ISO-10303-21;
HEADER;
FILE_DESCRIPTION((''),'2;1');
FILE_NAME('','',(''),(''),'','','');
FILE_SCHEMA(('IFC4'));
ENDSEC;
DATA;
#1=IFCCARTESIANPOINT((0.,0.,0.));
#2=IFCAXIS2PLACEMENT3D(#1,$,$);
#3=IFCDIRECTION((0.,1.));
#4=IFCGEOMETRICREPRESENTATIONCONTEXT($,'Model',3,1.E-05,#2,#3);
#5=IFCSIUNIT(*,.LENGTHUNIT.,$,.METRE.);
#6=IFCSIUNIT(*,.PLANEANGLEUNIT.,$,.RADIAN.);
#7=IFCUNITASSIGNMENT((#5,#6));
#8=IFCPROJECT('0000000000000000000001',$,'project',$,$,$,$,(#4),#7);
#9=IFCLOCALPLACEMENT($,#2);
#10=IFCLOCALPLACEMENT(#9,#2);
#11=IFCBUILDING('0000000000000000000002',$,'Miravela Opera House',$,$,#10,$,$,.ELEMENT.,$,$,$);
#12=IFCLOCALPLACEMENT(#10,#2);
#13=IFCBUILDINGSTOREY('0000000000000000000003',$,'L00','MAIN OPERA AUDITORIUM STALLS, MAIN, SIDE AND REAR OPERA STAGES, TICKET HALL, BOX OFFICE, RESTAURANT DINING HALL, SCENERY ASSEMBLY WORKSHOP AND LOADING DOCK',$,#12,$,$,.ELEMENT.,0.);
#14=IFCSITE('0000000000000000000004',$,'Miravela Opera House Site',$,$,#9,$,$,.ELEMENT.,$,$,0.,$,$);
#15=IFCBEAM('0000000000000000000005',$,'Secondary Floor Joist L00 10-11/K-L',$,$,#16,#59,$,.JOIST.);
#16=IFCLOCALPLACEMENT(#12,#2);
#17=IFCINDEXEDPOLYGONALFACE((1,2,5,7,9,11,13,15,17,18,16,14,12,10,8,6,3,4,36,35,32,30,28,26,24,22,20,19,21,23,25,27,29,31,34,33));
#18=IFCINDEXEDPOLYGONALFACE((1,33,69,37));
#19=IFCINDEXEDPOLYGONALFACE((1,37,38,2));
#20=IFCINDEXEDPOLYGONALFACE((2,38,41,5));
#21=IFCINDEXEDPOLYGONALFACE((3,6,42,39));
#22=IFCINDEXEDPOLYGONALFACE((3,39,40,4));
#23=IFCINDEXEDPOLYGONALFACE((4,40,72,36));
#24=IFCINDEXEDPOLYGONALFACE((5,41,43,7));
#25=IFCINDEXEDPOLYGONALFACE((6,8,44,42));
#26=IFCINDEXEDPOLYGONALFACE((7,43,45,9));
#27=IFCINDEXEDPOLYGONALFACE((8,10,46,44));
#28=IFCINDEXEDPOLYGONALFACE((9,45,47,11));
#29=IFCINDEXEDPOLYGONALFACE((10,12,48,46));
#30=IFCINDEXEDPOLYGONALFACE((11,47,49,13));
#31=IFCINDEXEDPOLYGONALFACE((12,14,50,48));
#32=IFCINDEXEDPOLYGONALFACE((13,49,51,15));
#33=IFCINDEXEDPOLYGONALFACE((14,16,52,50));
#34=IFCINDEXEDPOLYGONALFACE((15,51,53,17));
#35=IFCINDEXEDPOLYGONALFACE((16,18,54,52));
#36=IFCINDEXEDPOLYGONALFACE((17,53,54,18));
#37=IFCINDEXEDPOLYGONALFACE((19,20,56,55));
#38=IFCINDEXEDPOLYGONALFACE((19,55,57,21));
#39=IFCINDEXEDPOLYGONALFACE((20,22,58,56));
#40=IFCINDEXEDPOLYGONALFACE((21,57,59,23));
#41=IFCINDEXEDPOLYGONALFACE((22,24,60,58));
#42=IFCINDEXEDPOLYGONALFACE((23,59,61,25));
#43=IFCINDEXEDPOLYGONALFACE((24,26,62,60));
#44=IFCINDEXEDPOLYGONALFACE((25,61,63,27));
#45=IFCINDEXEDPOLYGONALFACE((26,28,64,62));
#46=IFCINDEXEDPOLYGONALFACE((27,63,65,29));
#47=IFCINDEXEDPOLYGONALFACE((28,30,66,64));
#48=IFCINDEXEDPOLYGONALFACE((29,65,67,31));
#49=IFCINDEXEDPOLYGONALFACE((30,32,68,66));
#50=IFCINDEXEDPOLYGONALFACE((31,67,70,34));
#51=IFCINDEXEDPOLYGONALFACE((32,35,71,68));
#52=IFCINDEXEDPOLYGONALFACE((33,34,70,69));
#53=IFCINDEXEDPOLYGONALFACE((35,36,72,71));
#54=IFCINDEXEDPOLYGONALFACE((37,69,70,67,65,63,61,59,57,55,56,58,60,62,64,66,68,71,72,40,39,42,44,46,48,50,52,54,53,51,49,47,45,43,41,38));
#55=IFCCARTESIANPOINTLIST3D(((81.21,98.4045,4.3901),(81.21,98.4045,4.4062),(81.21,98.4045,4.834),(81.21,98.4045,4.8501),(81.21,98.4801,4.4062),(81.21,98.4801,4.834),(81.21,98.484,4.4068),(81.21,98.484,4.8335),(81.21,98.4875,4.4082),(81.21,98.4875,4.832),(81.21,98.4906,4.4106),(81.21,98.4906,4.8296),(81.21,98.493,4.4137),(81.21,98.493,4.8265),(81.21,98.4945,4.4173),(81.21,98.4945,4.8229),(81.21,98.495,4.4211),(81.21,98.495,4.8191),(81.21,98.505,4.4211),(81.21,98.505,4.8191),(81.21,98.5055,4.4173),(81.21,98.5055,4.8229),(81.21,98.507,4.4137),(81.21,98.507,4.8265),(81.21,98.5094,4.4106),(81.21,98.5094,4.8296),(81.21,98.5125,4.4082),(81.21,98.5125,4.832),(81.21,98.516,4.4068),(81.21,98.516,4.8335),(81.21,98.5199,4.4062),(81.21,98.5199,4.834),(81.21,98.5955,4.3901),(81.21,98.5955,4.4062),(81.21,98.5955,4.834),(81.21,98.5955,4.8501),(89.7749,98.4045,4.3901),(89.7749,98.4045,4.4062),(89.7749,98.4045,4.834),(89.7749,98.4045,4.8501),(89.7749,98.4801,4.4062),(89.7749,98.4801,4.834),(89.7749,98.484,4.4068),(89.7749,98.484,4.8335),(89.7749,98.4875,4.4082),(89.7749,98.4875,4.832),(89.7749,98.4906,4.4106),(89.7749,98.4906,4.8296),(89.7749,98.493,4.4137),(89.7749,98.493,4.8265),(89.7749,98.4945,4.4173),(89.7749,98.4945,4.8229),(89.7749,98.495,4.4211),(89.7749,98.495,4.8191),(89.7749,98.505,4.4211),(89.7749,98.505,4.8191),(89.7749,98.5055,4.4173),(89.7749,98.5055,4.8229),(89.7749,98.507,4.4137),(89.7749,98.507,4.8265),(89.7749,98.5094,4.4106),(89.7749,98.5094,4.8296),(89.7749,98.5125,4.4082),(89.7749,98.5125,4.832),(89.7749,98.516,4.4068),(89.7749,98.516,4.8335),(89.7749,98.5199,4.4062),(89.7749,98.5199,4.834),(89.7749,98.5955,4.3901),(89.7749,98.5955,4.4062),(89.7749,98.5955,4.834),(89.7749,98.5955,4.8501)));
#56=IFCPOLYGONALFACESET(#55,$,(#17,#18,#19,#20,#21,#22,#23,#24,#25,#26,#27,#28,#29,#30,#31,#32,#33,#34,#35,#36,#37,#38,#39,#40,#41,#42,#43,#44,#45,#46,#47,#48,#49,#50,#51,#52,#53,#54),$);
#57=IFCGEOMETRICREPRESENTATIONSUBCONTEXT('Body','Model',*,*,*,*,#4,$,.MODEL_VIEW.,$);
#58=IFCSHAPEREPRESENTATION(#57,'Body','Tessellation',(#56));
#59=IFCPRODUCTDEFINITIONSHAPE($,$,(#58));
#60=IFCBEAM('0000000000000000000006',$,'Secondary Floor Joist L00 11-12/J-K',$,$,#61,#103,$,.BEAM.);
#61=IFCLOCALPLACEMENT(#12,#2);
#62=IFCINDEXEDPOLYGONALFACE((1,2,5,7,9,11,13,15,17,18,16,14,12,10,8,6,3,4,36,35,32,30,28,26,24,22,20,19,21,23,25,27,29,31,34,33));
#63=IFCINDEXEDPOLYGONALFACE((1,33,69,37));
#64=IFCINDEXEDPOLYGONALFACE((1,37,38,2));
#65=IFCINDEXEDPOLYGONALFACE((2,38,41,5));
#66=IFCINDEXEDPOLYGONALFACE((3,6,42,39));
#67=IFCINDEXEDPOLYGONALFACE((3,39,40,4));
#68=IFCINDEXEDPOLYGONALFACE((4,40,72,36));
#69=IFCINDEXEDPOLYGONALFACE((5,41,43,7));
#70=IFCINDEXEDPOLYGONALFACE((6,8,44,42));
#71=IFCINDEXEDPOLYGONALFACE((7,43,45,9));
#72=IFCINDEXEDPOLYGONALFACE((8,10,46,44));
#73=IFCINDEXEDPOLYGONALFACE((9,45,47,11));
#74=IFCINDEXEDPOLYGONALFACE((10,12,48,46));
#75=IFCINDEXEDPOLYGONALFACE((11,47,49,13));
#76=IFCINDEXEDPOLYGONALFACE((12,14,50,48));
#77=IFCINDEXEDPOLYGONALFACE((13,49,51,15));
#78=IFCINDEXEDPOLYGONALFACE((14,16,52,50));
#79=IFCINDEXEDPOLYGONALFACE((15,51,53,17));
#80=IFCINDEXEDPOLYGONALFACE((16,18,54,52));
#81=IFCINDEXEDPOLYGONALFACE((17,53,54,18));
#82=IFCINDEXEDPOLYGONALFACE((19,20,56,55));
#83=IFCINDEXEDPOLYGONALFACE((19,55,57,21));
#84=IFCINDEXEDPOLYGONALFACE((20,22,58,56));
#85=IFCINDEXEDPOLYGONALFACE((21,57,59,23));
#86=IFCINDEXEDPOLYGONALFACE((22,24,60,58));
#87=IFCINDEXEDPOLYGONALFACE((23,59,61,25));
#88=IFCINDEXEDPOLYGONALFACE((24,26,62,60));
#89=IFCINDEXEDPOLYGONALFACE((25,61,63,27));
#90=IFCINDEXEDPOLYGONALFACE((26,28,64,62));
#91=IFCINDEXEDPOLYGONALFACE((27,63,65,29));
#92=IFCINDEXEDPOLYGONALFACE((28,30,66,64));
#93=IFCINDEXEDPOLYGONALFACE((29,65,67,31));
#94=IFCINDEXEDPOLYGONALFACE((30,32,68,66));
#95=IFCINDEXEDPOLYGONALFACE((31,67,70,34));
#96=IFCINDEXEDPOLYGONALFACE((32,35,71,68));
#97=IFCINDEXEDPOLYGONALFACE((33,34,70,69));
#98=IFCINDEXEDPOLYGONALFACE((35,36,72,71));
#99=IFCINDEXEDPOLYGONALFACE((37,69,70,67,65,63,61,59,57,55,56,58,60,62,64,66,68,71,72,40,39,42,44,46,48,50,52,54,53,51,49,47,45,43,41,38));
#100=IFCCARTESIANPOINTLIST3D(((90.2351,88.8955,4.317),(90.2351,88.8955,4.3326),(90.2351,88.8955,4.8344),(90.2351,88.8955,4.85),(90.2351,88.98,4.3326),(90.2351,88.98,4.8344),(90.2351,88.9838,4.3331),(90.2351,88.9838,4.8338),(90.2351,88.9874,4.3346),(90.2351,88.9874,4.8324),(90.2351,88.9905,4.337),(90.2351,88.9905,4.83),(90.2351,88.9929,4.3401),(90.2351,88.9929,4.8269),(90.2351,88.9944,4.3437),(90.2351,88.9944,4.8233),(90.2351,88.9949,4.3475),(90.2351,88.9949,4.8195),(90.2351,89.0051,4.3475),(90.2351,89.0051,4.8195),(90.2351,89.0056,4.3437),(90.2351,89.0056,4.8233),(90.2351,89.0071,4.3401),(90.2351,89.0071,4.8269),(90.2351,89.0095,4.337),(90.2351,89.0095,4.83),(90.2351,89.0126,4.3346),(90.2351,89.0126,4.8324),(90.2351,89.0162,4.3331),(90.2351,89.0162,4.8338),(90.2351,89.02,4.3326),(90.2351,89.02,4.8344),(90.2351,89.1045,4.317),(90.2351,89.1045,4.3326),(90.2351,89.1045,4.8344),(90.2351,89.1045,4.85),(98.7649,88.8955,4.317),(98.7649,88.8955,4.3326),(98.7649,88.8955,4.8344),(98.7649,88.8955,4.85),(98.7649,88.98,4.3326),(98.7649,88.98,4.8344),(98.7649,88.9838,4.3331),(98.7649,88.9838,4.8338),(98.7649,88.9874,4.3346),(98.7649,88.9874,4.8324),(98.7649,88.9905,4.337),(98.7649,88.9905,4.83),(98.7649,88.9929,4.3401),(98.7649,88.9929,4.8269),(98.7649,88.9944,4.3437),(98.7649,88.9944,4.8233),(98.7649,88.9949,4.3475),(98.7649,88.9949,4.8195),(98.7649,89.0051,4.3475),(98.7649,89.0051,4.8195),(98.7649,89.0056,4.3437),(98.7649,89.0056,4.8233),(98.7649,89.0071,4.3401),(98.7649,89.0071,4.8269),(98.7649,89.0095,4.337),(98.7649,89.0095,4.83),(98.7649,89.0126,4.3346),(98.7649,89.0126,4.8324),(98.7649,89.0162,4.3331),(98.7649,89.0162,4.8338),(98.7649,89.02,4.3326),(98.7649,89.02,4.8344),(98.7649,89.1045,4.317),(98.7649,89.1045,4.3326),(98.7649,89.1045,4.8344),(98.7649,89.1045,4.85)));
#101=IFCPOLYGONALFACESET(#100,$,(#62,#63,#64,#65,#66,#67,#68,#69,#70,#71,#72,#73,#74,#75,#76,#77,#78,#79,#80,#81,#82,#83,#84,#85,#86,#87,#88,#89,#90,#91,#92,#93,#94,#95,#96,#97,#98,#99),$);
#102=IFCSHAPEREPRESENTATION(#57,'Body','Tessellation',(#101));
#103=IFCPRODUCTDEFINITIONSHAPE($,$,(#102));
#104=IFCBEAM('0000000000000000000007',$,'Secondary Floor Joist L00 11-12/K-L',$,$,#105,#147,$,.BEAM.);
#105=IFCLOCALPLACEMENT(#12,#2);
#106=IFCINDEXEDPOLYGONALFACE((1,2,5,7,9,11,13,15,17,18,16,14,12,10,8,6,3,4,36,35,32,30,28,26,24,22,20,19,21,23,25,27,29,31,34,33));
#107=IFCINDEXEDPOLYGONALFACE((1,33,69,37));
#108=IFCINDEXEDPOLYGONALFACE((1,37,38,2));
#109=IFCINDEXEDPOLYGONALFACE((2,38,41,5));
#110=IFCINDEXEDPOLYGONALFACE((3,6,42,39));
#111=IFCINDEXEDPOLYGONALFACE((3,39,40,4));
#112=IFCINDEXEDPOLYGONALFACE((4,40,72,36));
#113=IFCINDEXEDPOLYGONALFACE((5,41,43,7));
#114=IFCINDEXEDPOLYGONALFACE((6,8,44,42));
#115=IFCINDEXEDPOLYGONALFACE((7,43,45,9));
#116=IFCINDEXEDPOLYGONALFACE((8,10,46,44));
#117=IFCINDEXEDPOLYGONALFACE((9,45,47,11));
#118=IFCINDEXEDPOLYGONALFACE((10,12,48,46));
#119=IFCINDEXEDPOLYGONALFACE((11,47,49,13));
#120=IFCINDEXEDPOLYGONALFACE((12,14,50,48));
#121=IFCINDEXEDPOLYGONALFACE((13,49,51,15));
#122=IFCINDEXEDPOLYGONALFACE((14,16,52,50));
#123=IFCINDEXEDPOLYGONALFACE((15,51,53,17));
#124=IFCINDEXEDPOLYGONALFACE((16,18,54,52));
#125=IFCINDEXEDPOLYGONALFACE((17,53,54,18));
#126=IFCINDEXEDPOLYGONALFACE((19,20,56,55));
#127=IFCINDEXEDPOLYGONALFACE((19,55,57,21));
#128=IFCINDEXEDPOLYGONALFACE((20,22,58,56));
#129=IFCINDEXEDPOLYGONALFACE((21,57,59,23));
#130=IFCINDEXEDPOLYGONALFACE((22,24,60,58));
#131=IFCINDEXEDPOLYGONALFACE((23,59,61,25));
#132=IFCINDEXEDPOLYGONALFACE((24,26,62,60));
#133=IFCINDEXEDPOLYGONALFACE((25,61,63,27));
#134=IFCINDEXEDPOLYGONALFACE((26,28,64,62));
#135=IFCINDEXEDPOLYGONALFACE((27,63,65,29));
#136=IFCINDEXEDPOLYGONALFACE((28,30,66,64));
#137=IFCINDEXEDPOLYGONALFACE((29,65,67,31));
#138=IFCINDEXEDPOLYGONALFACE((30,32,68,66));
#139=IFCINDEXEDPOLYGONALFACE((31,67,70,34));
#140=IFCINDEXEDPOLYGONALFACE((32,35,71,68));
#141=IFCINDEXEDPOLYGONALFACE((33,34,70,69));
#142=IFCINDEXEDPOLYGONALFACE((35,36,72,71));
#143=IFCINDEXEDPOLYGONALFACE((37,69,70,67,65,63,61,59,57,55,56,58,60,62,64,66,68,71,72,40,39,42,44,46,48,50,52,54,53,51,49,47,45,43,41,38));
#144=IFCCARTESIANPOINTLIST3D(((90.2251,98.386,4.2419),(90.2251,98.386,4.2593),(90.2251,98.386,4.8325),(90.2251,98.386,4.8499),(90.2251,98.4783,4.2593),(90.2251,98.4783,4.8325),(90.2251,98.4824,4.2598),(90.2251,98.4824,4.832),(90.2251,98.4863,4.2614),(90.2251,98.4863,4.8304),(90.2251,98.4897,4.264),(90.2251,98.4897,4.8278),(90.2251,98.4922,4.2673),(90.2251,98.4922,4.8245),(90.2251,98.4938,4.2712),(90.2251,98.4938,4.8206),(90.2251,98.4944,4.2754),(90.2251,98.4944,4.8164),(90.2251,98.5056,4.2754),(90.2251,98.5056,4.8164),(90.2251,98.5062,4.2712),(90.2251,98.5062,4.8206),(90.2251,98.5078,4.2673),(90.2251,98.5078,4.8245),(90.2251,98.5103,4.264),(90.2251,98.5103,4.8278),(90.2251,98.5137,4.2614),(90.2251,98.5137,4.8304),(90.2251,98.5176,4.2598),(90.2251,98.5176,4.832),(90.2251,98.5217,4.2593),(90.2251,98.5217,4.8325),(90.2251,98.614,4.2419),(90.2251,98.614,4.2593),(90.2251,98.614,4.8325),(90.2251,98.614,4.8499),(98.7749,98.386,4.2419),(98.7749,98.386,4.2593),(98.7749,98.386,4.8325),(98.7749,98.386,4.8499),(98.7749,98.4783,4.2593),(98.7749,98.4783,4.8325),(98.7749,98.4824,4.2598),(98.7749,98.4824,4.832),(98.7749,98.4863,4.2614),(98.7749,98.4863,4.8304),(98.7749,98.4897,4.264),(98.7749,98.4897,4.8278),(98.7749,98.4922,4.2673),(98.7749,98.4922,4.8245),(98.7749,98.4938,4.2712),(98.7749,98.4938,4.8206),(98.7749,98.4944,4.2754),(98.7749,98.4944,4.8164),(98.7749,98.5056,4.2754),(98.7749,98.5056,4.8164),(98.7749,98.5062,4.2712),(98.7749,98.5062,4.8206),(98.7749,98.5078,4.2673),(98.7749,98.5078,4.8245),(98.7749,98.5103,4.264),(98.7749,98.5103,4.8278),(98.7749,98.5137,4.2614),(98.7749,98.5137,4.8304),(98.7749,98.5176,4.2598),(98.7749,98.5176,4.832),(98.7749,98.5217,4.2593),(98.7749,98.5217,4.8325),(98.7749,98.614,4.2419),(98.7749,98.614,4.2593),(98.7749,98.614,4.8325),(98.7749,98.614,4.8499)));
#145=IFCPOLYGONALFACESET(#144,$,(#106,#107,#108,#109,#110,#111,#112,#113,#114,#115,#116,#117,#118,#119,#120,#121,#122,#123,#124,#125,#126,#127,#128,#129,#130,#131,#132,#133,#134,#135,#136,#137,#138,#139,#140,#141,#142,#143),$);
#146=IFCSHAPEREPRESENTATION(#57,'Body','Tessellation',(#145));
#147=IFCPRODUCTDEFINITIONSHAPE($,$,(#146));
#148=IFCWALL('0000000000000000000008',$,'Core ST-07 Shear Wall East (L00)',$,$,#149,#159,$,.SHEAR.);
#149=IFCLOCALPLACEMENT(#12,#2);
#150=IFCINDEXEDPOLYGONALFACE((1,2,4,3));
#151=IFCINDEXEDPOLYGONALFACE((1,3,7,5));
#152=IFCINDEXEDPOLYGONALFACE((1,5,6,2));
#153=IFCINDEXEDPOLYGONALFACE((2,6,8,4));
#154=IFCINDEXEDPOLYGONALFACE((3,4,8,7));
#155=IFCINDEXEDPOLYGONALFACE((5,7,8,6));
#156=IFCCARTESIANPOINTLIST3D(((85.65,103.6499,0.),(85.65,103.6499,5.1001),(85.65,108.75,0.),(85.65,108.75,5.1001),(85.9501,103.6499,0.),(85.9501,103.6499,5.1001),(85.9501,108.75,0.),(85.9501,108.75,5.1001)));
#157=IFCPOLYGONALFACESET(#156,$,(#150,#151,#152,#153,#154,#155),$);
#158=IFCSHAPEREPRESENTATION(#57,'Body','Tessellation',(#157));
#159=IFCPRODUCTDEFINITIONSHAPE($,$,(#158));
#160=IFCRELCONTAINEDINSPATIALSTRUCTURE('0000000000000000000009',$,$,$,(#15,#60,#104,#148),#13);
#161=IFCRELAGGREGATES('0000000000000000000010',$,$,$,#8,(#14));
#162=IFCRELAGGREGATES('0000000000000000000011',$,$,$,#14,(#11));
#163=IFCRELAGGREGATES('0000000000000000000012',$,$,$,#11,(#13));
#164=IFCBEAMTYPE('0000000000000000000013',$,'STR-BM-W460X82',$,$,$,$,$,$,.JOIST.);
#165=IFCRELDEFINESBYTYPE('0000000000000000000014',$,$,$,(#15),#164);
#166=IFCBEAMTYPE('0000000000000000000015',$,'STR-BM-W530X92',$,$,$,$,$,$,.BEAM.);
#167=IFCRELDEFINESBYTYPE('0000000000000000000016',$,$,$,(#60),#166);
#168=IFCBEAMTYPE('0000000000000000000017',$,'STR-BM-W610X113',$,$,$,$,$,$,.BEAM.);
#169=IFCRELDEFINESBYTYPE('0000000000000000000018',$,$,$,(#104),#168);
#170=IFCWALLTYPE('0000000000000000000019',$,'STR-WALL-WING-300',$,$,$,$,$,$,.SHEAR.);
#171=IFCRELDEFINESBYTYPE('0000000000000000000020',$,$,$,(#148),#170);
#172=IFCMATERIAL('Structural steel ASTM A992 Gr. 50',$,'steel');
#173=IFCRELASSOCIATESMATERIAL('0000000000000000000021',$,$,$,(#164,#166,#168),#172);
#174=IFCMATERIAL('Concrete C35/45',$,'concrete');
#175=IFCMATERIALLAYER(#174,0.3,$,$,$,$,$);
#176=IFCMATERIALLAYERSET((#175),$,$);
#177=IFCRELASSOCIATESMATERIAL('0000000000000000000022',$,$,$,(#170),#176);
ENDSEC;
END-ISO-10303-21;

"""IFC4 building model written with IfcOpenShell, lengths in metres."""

from ifc_helpers import new_model, si_unit, direction, frame, frame_2d, origin, origin_2d, place, context, subcontext, project, spatial, rectangle, i_section, extrude, material, layer, layer_set, material_profile, profile_set, type_object, element, save


model = new_model("IFC4")

# Units and contexts
model_context = context("Model", 3, precision=1e-05, world=origin(), true_north=direction((0.0, 1.0)))
body_context = subcontext(model_context, "Body", "Model", "MODEL_VIEW")
ifc_project = project(units=[si_unit("LENGTHUNIT", "METRE"), si_unit("PLANEANGLEUNIT", "RADIAN")], contexts=[model_context])

# Site, building, storey
site_placement = place(None, origin())
site = spatial("IfcSite", under=ifc_project, at=site_placement, Name="Miravela Opera House Site", CompositionType="ELEMENT", RefElevation=0.0)
building_placement = place(site_placement, origin())
building = spatial("IfcBuilding", under=site, at=building_placement, Name="Miravela Opera House", CompositionType="ELEMENT")
storey_placement = place(building_placement, origin())
storey = spatial("IfcBuildingStorey", under=building, at=storey_placement, Name="L00", Description="MAIN OPERA AUDITORIUM STALLS, MAIN, SIDE AND REAR OPERA STAGES, TICKET HALL, BOX OFFICE, RESTAURANT DINING HALL, SCENERY ASSEMBLY WORKSHOP AND LOADING DOCK", CompositionType="ELEMENT", Elevation=0.0)

# Beams
ifc_material_1 = material(Name="Concrete C35/45", Category="concrete")
ifc_material_2 = material(Name="Structural steel ASTM A992 Gr. 50", Category="steel")
ifc_material_profile_1 = material_profile(ifc_material_2, i_section(OverallWidth=0.1909, OverallDepth=0.46, WebThickness=0.01, FlangeThickness=0.0161, FilletRadius=0.0149, at=origin_2d()), Name="W460X82")
ifc_profile_set_1 = profile_set([ifc_material_profile_1])
beam_type_1 = type_object("IfcBeamType", Name="STR-BM-W460X82", PredefinedType="JOIST", material=ifc_profile_set_1)
beam_1_placement = place(storey_placement, frame((81.21, 98.5, 4.6201), z_axis=(1.0, 0.0, 0.0), x_axis=(0.0, 1.0, 0.0)))
element("IfcBeam", 1, at=beam_1_placement, inside=storey, type_object=beam_type_1, Name="Secondary Floor Joist L00 10-11/K-L", PredefinedType="JOIST", context=body_context, shape_type="SweptSolid", body=[
    extrude(i_section(OverallWidth=0.1909, OverallDepth=0.46, WebThickness=0.01, FlangeThickness=0.0161, FilletRadius=0.0149, at=origin_2d()), origin(), (0.0, 0.0, 1.0), 8.5649),
])
ifc_material_profile_2 = material_profile(ifc_material_2, i_section(OverallWidth=0.209, OverallDepth=0.533, WebThickness=0.0103, FlangeThickness=0.0156, FilletRadius=0.0149, at=origin_2d()), Name="W530X92")
ifc_profile_set_2 = profile_set([ifc_material_profile_2])
beam_type_2 = type_object("IfcBeamType", Name="STR-BM-W530X92", PredefinedType="BEAM", material=ifc_profile_set_2)
beam_2_placement = place(storey_placement, frame((90.2351, 89.0, 4.5835), z_axis=(1.0, 0.0, 0.0), x_axis=(0.0, 1.0, 0.0)))
element("IfcBeam", 2, at=beam_2_placement, inside=storey, type_object=beam_type_2, Name="Secondary Floor Joist L00 11-12/J-K", PredefinedType="BEAM", context=body_context, shape_type="SweptSolid", body=[
    extrude(i_section(OverallWidth=0.209, OverallDepth=0.533, WebThickness=0.0103, FlangeThickness=0.0156, FilletRadius=0.0149, at=origin_2d()), origin(), (0.0, 0.0, 1.0), 8.5298),
])
ifc_material_profile_3 = material_profile(ifc_material_2, i_section(OverallWidth=0.228, OverallDepth=0.6079, WebThickness=0.0112, FlangeThickness=0.0173, FilletRadius=0.0161, at=origin_2d()), Name="W610X113")
ifc_profile_set_3 = profile_set([ifc_material_profile_3])
beam_type_3 = type_object("IfcBeamType", Name="STR-BM-W610X113", PredefinedType="BEAM", material=ifc_profile_set_3)
beam_3_placement = place(storey_placement, frame((90.2251, 98.5, 4.5459), z_axis=(1.0, 0.0, 0.0), x_axis=(0.0, 1.0, 0.0)))
element("IfcBeam", 3, at=beam_3_placement, inside=storey, type_object=beam_type_3, Name="Secondary Floor Joist L00 11-12/K-L", PredefinedType="BEAM", context=body_context, shape_type="SweptSolid", body=[
    extrude(i_section(OverallWidth=0.228, OverallDepth=0.6079, WebThickness=0.0112, FlangeThickness=0.0173, FilletRadius=0.0161, at=origin_2d()), origin(), (0.0, 0.0, 1.0), 8.5498),
])

# Wall
ifc_layer = layer(ifc_material_1, 0.3)
ifc_layer_set = layer_set([ifc_layer])
wall_type = type_object("IfcWallType", Name="STR-WALL-WING-300", PredefinedType="SHEAR", material=ifc_layer_set)
wall_placement = place(storey_placement, frame((85.8, 103.6499, 0.0), z_axis=(0.0, 0.0, 1.0), x_axis=(0.0, 1.0, 0.0)))
element("IfcWall", 4, at=wall_placement, inside=storey, type_object=wall_type, Name="Core ST-07 Shear Wall East (L00)", PredefinedType="SHEAR", context=body_context, shape_type="SweptSolid", body=[
    extrude(rectangle(XDim=5.1001, YDim=0.3, at=frame_2d((2.55, 0.0))), origin(), (0.0, 0.0, 1.0), 5.1001),
])

save(model, "model.ifc")
